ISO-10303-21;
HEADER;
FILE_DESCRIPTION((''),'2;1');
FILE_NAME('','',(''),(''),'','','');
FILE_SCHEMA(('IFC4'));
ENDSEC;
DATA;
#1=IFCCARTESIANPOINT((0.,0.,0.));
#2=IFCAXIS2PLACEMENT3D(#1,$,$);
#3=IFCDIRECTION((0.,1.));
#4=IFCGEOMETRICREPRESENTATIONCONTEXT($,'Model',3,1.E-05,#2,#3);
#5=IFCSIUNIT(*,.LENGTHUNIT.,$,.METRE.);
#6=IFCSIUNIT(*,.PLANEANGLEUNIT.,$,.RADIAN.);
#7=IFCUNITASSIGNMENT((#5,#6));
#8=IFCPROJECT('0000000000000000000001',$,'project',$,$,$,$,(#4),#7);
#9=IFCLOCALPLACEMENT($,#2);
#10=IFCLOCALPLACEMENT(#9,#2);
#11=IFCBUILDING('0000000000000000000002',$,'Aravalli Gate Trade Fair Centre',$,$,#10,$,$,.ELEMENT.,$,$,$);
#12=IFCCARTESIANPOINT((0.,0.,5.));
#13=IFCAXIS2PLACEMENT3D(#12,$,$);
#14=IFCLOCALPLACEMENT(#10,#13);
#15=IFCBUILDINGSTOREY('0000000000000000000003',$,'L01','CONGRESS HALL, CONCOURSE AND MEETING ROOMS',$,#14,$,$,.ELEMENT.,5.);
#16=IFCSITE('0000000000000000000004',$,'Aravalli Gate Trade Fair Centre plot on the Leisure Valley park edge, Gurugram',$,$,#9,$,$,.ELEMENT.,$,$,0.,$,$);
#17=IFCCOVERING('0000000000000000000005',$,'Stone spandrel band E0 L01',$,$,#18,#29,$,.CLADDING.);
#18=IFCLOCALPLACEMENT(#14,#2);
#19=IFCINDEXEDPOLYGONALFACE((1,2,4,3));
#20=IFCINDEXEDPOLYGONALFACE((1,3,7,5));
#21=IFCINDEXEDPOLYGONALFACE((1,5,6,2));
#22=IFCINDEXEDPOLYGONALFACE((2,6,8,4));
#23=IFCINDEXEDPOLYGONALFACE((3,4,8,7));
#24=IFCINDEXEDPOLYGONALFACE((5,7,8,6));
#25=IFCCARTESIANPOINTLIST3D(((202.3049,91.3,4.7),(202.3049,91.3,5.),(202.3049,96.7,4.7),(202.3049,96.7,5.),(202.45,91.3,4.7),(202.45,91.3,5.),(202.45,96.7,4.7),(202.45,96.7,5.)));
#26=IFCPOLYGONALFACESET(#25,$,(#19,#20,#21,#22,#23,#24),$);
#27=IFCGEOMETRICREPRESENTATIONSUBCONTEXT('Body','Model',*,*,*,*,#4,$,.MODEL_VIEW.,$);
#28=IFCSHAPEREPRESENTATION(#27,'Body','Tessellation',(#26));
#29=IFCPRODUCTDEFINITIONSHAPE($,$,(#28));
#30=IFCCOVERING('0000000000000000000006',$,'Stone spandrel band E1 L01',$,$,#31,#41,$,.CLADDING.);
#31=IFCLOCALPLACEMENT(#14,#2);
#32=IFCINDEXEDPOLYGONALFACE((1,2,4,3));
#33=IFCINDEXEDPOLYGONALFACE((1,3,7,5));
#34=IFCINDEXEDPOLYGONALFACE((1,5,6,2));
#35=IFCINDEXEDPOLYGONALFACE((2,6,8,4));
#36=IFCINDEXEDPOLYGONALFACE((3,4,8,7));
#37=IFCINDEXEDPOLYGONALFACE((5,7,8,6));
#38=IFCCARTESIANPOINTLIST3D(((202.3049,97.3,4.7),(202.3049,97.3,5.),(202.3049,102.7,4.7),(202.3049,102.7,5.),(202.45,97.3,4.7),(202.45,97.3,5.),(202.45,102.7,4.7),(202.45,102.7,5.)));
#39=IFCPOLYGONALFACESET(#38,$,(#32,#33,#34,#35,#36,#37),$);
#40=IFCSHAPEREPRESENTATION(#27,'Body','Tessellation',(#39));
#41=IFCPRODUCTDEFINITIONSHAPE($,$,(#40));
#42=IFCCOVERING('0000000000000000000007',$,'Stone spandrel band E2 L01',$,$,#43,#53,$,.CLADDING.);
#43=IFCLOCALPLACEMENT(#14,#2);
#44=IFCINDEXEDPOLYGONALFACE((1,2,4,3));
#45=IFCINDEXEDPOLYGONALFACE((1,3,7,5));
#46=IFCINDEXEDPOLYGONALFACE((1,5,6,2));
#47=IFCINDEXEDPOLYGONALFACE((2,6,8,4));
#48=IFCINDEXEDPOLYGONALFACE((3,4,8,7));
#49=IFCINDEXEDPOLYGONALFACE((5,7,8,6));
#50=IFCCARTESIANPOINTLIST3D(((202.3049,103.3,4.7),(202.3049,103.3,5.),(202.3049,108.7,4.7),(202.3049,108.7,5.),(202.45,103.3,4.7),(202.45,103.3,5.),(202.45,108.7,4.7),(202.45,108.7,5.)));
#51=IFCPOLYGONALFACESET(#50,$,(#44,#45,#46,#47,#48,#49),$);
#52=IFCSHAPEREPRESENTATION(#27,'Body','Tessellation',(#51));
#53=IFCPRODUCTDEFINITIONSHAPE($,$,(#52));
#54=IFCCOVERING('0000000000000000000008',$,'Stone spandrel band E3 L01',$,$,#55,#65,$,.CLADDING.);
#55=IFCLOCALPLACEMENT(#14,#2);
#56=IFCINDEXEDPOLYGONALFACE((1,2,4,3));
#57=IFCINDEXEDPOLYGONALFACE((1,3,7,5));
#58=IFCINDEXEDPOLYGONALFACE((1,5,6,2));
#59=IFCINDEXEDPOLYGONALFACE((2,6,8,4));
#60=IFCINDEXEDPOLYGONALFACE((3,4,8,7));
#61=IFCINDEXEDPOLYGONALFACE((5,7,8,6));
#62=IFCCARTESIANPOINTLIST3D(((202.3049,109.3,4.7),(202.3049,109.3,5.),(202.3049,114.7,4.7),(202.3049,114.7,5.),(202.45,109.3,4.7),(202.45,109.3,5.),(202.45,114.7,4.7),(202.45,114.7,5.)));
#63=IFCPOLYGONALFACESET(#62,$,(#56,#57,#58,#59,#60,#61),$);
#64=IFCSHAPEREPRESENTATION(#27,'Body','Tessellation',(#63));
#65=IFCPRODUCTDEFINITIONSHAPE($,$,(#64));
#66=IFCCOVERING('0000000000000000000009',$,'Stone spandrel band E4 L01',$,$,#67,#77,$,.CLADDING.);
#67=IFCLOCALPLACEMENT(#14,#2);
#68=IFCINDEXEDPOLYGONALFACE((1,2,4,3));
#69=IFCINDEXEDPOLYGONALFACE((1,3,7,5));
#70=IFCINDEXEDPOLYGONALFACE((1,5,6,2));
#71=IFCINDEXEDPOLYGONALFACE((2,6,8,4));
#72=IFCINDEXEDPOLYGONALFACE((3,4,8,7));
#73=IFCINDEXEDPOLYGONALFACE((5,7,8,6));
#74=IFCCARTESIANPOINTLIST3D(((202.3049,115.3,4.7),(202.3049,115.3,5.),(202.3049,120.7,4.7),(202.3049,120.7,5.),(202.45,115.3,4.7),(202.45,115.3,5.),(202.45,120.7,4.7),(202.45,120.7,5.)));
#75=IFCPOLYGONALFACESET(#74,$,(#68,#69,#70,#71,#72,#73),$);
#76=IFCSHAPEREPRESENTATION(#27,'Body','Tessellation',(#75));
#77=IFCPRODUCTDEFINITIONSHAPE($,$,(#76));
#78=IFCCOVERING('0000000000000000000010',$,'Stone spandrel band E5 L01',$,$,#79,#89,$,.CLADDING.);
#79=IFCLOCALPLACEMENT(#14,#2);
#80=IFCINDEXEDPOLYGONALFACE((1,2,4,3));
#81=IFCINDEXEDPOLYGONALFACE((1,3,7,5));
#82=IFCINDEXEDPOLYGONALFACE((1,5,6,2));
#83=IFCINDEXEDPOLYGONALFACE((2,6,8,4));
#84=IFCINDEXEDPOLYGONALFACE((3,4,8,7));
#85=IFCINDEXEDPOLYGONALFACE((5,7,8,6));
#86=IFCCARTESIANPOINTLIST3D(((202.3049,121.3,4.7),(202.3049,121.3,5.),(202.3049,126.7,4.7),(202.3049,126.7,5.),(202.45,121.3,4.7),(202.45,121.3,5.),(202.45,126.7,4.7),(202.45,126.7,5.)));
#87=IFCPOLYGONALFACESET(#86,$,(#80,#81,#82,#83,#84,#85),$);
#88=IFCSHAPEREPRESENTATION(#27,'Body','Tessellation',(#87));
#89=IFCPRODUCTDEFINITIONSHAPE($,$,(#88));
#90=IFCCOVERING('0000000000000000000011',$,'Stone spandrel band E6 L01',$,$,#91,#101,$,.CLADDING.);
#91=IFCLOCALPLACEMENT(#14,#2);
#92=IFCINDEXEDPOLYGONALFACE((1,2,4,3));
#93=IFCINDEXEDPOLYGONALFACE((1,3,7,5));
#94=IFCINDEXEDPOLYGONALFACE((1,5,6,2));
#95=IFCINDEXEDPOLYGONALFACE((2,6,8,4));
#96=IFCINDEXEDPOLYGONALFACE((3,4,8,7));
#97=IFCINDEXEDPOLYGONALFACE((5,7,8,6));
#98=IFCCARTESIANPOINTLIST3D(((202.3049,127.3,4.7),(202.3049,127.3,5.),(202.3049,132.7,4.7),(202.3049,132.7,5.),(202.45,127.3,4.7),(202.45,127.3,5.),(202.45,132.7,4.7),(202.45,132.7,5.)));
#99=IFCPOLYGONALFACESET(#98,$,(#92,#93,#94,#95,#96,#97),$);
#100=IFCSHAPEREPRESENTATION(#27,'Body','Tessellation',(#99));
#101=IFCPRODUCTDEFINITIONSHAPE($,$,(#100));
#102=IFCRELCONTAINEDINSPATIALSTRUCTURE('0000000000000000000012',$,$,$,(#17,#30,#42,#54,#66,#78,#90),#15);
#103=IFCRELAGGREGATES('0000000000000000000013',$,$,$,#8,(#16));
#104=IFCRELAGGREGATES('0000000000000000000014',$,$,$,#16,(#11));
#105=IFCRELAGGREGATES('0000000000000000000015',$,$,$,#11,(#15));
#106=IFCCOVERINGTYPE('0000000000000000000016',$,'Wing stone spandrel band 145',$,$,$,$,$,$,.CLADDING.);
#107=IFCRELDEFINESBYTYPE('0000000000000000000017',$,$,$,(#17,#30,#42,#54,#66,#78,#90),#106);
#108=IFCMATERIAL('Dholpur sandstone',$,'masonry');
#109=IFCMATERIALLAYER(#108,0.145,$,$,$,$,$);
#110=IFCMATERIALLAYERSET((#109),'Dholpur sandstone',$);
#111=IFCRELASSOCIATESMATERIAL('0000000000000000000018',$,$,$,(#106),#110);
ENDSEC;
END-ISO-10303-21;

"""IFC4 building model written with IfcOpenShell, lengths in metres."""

from ifc_helpers import new_model, si_unit, direction, frame, origin, place, context, subcontext, project, spatial, polyline, outline, extrude, material, layer, layer_set, type_object, element, save


model = new_model("IFC4")

# Units and contexts
model_context = context("Model", 3, precision=1e-05, world=origin(), true_north=direction((0.0, 1.0)))
body_context = subcontext(model_context, "Body", "Model", "MODEL_VIEW")
ifc_project = project(units=[si_unit("LENGTHUNIT", "METRE"), si_unit("PLANEANGLEUNIT", "RADIAN")], contexts=[model_context])

# Site, building, storey
site_placement = place(None, origin())
site = spatial("IfcSite", under=ifc_project, at=site_placement, Name="Aravalli Gate Trade Fair Centre plot on the Leisure Valley park edge, Gurugram", CompositionType="ELEMENT", RefElevation=0.0)
building_placement = place(site_placement, origin())
building = spatial("IfcBuilding", under=site, at=building_placement, Name="Aravalli Gate Trade Fair Centre", CompositionType="ELEMENT")
storey_placement = place(building_placement, frame((0.0, 0.0, 5.0)))
storey = spatial("IfcBuildingStorey", under=building, at=storey_placement, Name="L01", Description="CONGRESS HALL, CONCOURSE AND MEETING ROOMS", CompositionType="ELEMENT", Elevation=5.0)

# Coverings
ifc_material_1 = material(Name="Dholpur sandstone", Category="masonry")
ifc_layer_1 = layer(ifc_material_1, 0.145)
ifc_layer_set_1 = layer_set([ifc_layer_1], Name="Dholpur sandstone")
covering_type_1 = type_object("IfcCoveringType", Name="Wing stone spandrel band 145", PredefinedType="CLADDING", material=ifc_layer_set_1)
covering_1_placement = place(storey_placement, frame((0.0, 0.0, 4.7)))
element("IfcCovering", 1, at=covering_1_placement, inside=storey, type_object=covering_type_1, Name="Stone spandrel band E0 L01", PredefinedType="CLADDING", context=body_context, shape_type="SweptSolid", body=[
    extrude(outline(polyline([(202.3049, 91.3), (202.45, 91.3), (202.45, 96.7), (202.3049, 96.7), (202.3049, 91.3)])), origin(), (0.0, 0.0, 1.0), 0.3),
])
covering_2_placement = place(storey_placement, frame((0.0, 0.0, 4.7)))
element("IfcCovering", 2, at=covering_2_placement, inside=storey, type_object=covering_type_1, Name="Stone spandrel band E1 L01", PredefinedType="CLADDING", context=body_context, shape_type="SweptSolid", body=[
    extrude(outline(polyline([(202.3049, 97.3), (202.45, 97.3), (202.45, 102.7), (202.3049, 102.7), (202.3049, 97.3)])), origin(), (0.0, 0.0, 1.0), 0.3),
])
covering_3_placement = place(storey_placement, frame((0.0, 0.0, 4.7)))
element("IfcCovering", 3, at=covering_3_placement, inside=storey, type_object=covering_type_1, Name="Stone spandrel band E2 L01", PredefinedType="CLADDING", context=body_context, shape_type="SweptSolid", body=[
    extrude(outline(polyline([(202.3049, 103.3), (202.45, 103.3), (202.45, 108.7), (202.3049, 108.7), (202.3049, 103.3)])), origin(), (0.0, 0.0, 1.0), 0.3),
])
covering_4_placement = place(storey_placement, frame((0.0, 0.0, 4.7)))
element("IfcCovering", 4, at=covering_4_placement, inside=storey, type_object=covering_type_1, Name="Stone spandrel band E3 L01", PredefinedType="CLADDING", context=body_context, shape_type="SweptSolid", body=[
    extrude(outline(polyline([(202.3049, 109.3), (202.45, 109.3), (202.45, 114.7), (202.3049, 114.7), (202.3049, 109.3)])), origin(), (0.0, 0.0, 1.0), 0.3),
])
covering_5_placement = place(storey_placement, frame((0.0, 0.0, 4.7)))
element("IfcCovering", 5, at=covering_5_placement, inside=storey, type_object=covering_type_1, Name="Stone spandrel band E4 L01", PredefinedType="CLADDING", context=body_context, shape_type="SweptSolid", body=[
    extrude(outline(polyline([(202.3049, 115.3), (202.45, 115.3), (202.45, 120.7), (202.3049, 120.7), (202.3049, 115.3)])), origin(), (0.0, 0.0, 1.0), 0.3),
])
covering_6_placement = place(storey_placement, frame((0.0, 0.0, 4.7)))
element("IfcCovering", 6, at=covering_6_placement, inside=storey, type_object=covering_type_1, Name="Stone spandrel band E5 L01", PredefinedType="CLADDING", context=body_context, shape_type="SweptSolid", body=[
    extrude(outline(polyline([(202.3049, 121.3), (202.45, 121.3), (202.45, 126.7), (202.3049, 126.7), (202.3049, 121.3)])), origin(), (0.0, 0.0, 1.0), 0.3),
])
covering_7_placement = place(storey_placement, frame((0.0, 0.0, 4.7)))
element("IfcCovering", 7, at=covering_7_placement, inside=storey, type_object=covering_type_1, Name="Stone spandrel band E6 L01", PredefinedType="CLADDING", context=body_context, shape_type="SweptSolid", body=[
    extrude(outline(polyline([(202.3049, 127.3), (202.45, 127.3), (202.45, 132.7), (202.3049, 132.7), (202.3049, 127.3)])), origin(), (0.0, 0.0, 1.0), 0.3),
])

save(model, "model.ifc")
